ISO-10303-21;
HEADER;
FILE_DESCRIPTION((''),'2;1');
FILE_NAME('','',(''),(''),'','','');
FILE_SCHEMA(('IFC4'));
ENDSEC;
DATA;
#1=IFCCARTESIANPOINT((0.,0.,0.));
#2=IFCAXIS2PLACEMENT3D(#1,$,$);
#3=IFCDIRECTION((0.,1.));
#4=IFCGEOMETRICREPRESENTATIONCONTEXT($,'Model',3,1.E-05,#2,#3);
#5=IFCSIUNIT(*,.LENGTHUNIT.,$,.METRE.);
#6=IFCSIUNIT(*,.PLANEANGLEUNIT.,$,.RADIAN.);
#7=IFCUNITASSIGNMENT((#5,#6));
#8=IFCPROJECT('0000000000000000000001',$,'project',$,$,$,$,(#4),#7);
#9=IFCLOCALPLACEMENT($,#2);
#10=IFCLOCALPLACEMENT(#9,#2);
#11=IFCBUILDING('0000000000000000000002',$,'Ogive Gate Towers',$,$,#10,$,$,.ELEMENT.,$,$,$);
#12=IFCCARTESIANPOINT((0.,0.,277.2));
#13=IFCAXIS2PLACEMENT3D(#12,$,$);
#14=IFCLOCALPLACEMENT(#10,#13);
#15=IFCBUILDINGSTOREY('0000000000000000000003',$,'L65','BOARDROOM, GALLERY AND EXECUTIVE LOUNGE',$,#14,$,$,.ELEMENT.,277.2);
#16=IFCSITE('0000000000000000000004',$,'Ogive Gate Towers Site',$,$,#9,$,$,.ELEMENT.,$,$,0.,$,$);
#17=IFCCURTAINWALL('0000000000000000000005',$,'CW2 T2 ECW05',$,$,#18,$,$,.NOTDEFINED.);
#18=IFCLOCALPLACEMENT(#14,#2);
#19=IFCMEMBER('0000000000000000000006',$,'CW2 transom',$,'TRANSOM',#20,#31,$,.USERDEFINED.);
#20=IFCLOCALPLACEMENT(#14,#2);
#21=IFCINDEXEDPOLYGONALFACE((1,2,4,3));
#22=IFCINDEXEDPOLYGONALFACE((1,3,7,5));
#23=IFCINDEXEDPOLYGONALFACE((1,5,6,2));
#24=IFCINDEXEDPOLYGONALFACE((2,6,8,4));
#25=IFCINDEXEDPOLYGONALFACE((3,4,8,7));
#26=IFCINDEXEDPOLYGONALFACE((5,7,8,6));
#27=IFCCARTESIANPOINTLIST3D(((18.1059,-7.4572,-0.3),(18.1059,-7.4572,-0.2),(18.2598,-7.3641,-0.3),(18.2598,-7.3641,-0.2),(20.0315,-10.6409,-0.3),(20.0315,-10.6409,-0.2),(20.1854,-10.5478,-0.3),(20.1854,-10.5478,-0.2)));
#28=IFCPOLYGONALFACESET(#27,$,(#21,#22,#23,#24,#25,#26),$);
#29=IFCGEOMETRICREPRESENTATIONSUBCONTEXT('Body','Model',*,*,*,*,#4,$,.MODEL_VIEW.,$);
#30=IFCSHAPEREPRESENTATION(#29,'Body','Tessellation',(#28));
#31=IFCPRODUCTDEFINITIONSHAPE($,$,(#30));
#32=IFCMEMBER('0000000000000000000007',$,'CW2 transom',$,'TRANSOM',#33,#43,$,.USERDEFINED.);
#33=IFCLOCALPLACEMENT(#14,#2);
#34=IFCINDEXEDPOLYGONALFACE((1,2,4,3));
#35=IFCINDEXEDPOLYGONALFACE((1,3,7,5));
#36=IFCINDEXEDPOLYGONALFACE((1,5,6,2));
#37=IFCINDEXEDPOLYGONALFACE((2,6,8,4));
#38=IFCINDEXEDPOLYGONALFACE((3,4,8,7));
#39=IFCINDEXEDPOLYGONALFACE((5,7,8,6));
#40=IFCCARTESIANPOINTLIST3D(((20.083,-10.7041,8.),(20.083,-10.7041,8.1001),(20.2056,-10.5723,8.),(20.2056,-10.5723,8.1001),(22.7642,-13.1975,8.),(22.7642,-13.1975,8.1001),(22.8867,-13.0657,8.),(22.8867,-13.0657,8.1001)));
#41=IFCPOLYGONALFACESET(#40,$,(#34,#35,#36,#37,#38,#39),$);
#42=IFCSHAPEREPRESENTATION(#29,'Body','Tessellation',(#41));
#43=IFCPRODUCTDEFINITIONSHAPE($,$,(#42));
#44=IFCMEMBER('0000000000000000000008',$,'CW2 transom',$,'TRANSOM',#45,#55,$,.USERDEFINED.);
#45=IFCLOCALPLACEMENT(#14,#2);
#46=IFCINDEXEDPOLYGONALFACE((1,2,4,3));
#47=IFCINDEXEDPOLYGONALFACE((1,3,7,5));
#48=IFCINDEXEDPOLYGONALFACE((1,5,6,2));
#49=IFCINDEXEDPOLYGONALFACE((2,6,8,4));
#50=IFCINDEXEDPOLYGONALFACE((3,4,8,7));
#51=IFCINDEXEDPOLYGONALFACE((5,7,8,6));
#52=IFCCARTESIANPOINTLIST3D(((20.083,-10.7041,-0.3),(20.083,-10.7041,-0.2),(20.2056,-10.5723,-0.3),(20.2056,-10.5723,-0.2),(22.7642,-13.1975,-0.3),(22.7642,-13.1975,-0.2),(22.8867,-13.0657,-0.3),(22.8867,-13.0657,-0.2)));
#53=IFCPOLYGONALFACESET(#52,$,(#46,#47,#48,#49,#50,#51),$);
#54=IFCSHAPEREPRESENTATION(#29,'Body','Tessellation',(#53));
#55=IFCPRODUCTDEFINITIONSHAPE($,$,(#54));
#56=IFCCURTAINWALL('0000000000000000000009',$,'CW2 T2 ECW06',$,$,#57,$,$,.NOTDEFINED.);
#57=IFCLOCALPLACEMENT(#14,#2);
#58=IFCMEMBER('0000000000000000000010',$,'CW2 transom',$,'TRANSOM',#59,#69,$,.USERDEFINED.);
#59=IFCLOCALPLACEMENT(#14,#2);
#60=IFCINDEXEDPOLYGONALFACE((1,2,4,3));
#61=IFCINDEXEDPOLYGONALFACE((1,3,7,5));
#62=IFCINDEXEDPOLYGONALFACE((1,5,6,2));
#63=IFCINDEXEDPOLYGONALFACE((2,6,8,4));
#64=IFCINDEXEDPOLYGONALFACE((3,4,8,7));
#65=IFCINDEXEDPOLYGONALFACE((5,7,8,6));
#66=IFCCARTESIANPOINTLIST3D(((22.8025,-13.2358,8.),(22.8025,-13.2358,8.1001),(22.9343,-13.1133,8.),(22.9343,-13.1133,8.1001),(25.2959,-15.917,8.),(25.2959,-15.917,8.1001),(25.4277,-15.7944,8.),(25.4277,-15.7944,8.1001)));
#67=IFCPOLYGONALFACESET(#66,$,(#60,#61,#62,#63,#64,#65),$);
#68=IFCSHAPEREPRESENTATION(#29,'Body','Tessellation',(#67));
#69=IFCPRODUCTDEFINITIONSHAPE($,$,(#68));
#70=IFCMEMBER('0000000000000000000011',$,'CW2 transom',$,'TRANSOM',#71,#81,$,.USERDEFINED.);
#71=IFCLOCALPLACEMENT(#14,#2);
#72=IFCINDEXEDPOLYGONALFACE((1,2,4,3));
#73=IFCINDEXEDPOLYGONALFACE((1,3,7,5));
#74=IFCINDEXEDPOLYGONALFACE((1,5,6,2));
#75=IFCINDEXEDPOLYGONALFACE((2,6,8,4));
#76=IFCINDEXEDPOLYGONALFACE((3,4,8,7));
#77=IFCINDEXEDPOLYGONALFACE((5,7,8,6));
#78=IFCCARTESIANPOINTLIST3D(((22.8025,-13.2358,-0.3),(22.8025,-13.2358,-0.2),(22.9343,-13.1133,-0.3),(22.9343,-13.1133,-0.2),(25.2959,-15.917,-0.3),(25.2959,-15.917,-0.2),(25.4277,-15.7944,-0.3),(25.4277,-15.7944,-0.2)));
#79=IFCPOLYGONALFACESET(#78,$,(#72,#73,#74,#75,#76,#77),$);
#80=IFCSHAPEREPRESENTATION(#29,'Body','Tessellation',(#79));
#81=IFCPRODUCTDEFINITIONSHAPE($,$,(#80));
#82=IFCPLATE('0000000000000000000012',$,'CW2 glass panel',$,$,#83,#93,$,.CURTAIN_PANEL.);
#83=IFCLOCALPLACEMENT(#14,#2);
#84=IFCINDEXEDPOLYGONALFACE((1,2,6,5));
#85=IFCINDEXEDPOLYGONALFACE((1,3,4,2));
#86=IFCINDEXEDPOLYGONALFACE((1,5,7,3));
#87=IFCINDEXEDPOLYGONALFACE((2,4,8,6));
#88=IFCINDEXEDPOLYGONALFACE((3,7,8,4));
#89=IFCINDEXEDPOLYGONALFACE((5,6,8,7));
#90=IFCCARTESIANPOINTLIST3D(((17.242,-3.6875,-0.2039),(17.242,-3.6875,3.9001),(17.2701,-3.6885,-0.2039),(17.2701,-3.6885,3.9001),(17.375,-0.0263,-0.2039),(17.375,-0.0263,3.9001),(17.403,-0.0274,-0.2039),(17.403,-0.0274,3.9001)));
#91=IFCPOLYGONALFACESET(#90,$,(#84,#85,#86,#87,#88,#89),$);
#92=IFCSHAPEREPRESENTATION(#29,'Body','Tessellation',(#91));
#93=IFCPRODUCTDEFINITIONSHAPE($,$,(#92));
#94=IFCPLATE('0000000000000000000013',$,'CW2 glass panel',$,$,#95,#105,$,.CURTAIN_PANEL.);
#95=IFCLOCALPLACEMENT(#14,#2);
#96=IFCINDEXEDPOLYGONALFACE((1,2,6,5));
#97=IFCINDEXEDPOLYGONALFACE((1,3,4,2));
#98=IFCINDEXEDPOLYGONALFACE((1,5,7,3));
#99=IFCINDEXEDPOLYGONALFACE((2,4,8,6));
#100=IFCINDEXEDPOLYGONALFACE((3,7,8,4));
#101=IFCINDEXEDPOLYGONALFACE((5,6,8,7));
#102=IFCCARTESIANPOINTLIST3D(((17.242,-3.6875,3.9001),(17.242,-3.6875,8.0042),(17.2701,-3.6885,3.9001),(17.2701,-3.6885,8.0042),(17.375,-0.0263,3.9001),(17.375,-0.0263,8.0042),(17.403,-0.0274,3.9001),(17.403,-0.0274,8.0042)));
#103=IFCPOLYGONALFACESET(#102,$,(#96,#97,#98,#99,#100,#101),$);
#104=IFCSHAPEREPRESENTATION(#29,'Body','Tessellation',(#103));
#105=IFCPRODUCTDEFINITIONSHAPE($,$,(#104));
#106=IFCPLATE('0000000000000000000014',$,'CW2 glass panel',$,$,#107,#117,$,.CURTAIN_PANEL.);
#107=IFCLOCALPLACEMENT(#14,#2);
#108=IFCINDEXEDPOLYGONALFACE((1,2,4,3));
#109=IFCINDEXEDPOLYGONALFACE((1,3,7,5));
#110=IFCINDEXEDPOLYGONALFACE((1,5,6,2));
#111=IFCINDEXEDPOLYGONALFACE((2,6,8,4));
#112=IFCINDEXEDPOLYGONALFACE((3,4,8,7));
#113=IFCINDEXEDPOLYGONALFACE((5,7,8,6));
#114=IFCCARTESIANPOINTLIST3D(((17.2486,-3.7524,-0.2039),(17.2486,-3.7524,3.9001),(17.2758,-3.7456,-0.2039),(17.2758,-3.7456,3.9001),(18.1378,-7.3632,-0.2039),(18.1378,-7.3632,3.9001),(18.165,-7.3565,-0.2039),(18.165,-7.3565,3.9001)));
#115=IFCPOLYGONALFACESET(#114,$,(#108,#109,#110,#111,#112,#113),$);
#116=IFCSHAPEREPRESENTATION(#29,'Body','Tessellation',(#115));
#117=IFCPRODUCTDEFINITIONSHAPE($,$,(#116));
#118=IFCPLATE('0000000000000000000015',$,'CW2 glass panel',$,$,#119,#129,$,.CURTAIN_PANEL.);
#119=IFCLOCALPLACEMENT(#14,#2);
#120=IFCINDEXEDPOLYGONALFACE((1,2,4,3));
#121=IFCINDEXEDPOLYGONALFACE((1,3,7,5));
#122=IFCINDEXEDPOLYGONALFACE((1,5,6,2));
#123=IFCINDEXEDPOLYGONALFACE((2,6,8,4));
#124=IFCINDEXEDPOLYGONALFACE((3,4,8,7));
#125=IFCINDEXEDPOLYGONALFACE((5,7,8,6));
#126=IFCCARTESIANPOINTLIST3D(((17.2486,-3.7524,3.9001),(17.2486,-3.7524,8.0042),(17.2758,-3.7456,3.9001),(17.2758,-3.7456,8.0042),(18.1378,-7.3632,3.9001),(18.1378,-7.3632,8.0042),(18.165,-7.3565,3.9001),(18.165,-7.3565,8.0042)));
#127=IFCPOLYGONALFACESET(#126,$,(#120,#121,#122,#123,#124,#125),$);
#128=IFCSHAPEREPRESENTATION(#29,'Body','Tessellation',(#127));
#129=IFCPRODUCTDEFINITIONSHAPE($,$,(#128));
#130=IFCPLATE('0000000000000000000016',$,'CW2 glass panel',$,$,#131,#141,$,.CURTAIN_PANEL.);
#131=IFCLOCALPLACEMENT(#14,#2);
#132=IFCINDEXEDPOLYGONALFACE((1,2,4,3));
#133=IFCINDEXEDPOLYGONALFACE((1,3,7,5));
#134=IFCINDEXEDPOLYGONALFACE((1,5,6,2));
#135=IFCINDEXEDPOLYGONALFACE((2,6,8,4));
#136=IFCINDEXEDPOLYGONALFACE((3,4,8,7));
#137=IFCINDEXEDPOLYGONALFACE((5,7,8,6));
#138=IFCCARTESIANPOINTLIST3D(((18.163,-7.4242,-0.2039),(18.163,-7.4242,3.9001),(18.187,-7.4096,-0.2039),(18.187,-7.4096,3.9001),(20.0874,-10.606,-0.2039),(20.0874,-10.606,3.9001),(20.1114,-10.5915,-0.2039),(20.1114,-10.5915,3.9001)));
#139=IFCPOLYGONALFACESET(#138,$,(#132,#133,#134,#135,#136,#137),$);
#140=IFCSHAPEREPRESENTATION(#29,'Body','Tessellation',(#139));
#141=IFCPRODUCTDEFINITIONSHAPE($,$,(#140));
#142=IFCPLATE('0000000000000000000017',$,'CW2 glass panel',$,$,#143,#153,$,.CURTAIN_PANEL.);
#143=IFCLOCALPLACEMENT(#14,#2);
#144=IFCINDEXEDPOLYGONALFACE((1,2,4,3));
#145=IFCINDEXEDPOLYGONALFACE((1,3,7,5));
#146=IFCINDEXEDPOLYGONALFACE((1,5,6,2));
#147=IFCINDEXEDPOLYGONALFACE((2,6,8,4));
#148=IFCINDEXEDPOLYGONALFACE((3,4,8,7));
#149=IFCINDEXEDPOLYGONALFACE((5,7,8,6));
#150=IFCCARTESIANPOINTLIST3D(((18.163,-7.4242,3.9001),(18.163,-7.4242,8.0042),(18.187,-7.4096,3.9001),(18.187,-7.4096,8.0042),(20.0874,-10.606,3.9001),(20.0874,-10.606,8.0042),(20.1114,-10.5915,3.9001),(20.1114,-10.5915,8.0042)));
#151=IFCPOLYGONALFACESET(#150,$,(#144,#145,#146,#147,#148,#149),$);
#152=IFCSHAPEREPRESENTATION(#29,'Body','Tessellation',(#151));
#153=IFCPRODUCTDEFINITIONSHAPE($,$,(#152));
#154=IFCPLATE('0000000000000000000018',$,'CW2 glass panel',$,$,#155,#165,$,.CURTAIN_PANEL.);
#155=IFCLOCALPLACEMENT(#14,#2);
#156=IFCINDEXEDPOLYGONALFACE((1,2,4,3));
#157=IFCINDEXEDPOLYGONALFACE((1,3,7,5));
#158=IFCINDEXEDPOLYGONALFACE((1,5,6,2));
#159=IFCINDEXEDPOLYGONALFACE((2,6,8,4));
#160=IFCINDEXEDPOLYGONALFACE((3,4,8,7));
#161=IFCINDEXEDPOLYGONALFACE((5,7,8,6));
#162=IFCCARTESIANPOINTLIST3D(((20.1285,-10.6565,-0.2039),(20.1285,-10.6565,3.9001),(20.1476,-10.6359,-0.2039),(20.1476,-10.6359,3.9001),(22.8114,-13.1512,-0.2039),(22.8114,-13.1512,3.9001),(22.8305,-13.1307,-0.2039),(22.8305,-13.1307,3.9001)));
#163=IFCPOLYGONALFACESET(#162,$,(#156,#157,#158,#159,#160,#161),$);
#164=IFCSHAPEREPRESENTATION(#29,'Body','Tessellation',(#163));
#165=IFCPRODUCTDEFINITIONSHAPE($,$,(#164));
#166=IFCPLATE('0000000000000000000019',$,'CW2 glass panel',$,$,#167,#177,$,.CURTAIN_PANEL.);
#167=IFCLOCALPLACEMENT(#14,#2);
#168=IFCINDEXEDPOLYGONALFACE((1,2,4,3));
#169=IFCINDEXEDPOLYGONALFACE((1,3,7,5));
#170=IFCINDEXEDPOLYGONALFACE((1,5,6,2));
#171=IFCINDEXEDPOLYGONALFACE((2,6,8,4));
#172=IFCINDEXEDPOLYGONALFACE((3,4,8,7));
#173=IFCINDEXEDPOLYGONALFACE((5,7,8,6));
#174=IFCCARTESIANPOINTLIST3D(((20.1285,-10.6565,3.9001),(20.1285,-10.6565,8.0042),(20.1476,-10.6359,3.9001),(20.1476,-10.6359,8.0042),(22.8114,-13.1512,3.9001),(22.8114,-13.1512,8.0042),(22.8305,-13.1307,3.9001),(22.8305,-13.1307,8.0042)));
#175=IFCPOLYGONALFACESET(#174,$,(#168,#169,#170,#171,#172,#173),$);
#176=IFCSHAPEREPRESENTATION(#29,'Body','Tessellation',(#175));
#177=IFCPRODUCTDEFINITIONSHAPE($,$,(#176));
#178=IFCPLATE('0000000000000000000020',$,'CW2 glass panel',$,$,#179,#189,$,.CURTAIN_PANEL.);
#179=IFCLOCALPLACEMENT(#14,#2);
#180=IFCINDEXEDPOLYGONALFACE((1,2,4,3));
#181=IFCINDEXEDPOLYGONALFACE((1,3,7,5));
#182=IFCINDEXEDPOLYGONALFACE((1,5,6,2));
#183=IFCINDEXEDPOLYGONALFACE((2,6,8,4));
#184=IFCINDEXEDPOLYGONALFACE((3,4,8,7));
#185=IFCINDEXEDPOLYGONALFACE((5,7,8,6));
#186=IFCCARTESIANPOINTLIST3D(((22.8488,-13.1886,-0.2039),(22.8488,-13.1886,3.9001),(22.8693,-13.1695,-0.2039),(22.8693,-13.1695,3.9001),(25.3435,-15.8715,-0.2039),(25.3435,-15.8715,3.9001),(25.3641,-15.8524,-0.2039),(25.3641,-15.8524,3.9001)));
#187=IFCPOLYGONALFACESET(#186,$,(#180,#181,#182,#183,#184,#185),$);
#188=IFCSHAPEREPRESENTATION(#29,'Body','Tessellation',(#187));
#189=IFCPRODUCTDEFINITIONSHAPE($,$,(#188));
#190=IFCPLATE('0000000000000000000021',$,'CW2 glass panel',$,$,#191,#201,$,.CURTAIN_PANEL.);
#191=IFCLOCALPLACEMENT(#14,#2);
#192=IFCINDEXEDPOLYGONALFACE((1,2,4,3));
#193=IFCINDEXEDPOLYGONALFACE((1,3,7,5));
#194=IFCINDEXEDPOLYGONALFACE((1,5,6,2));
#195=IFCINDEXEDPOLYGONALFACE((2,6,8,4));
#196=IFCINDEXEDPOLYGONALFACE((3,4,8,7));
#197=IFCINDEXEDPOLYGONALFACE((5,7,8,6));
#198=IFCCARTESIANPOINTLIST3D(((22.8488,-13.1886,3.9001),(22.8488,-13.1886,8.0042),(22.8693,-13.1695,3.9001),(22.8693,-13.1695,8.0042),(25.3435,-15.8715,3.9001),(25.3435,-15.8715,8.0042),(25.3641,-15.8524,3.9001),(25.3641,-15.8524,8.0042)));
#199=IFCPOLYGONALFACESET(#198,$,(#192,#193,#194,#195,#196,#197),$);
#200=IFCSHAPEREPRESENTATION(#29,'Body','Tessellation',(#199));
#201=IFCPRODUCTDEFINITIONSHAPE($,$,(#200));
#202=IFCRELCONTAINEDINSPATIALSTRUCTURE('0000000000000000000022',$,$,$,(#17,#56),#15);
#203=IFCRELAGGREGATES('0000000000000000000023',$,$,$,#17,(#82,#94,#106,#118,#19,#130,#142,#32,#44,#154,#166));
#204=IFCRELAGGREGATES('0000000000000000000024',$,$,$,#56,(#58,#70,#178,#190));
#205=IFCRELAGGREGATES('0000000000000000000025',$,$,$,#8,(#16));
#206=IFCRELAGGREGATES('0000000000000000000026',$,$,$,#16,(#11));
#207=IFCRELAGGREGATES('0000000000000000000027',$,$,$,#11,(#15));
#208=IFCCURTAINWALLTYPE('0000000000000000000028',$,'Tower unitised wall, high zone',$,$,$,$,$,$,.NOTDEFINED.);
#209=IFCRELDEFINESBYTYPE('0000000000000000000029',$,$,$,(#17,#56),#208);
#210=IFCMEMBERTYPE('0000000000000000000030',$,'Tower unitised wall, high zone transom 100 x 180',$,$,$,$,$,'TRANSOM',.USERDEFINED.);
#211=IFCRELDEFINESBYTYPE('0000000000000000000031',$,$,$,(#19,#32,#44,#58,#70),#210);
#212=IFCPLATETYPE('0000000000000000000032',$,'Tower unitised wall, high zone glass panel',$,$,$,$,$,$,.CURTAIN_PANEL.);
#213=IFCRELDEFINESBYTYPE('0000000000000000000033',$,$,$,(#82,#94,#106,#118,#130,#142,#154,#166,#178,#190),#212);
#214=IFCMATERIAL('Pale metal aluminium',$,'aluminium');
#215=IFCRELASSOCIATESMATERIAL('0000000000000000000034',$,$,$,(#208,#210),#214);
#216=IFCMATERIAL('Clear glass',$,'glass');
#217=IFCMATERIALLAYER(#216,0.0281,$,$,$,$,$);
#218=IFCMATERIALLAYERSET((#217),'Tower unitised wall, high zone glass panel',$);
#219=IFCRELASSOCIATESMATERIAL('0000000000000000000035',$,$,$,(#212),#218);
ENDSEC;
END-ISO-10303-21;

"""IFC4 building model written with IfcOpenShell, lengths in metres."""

from ifc_helpers import new_model, si_unit, direction, frame, origin, origin_2d, place, context, subcontext, project, spatial, rectangle, extrude, material, layer, layer_set, material_profile, profile_set, type_object, element, aggregate, save


model = new_model("IFC4")

# Units and contexts
model_context = context("Model", 3, precision=1e-05, world=origin(), true_north=direction((0.0, 1.0)))
body_context = subcontext(model_context, "Body", "Model", "MODEL_VIEW")
ifc_project = project(units=[si_unit("LENGTHUNIT", "METRE"), si_unit("PLANEANGLEUNIT", "RADIAN")], contexts=[model_context])

# Site, building, storey
site_placement = place(None, origin())
site = spatial("IfcSite", under=ifc_project, at=site_placement, Name="Ogive Gate Towers Site", CompositionType="ELEMENT", RefElevation=0.0)
building_placement = place(site_placement, origin())
building = spatial("IfcBuilding", under=site, at=building_placement, Name="Ogive Gate Towers", CompositionType="ELEMENT")
storey_placement = place(building_placement, frame((0.0, 0.0, 277.2)))
storey = spatial("IfcBuildingStorey", under=building, at=storey_placement, Name="L65", Description="BOARDROOM, GALLERY AND EXECUTIVE LOUNGE", CompositionType="ELEMENT", Elevation=277.2)

# Curtain walls, members
ifc_material_1 = material(Name="Pale metal aluminium", Category="aluminium")
curtain_wall_type = type_object("IfcCurtainWallType", Name="Tower unitised wall, high zone", PredefinedType="NOTDEFINED", material=ifc_material_1)
curtain_wall_1_placement = place(storey_placement, origin())
curtain_wall_1 = element("IfcCurtainWall", 1, at=curtain_wall_1_placement, inside=storey, type_object=curtain_wall_type, Name="CW2 T2 ECW05", PredefinedType="NOTDEFINED")
ifc_material_profile_1 = material_profile(ifc_material_1, rectangle(XDim=0.1799, YDim=0.1001, at=origin_2d()), Name="100 x 180 aluminium box")
ifc_profile_set_1 = profile_set([ifc_material_profile_1], Name="Pale metal aluminium")
member_type_1 = type_object("IfcMemberType", Name="Tower unitised wall, high zone transom 100 x 180", ElementType="TRANSOM", PredefinedType="USERDEFINED", material=ifc_profile_set_1)
member_1_placement = place(storey_placement, frame((18.1829, -7.4106, -0.25), z_axis=(0.517532, -0.855664, 0.0), x_axis=(0.855664, 0.517532, 0.0)))
member_1 = element("IfcMember", 2, at=member_1_placement, type_object=member_type_1, Name="CW2 transom", ObjectType="TRANSOM", PredefinedType="USERDEFINED", context=body_context, shape_type="SweptSolid", body=[
    extrude(rectangle(XDim=0.1799, YDim=0.1001, at=origin_2d()), origin(), (0.0, 0.0, 1.0), 3.7207),
])
member_2_placement = place(storey_placement, frame((20.1443, -10.6382, 8.05), z_axis=(0.73228, -0.681003, 0.0), x_axis=(0.681003, 0.73228, 0.0)))
member_2 = element("IfcMember", 3, at=member_2_placement, type_object=member_type_1, Name="CW2 transom", ObjectType="TRANSOM", PredefinedType="USERDEFINED", context=body_context, shape_type="SweptSolid", body=[
    extrude(rectangle(XDim=0.1799, YDim=0.1001, at=origin_2d()), origin(), (0.0, 0.0, 1.0), 3.6614),
])
member_3_placement = place(storey_placement, frame((20.1443, -10.6382, -0.25), z_axis=(0.73228, -0.681003, 0.0), x_axis=(0.681003, 0.73228, 0.0)))
member_3 = element("IfcMember", 4, at=member_3_placement, type_object=member_type_1, Name="CW2 transom", ObjectType="TRANSOM", PredefinedType="USERDEFINED", context=body_context, shape_type="SweptSolid", body=[
    extrude(rectangle(XDim=0.1799, YDim=0.1001, at=origin_2d()), origin(), (0.0, 0.0, 1.0), 3.6614),
])
curtain_wall_2_placement = place(storey_placement, origin())
curtain_wall_2 = element("IfcCurtainWall", 5, at=curtain_wall_2_placement, inside=storey, type_object=curtain_wall_type, Name="CW2 T2 ECW06", PredefinedType="NOTDEFINED")
member_4_placement = place(storey_placement, frame((22.8684, -13.1746, 8.05), z_axis=(0.681003, -0.73228, 0.0), x_axis=(0.73228, 0.681003, 0.0)))
member_4 = element("IfcMember", 6, at=member_4_placement, type_object=member_type_1, Name="CW2 transom", ObjectType="TRANSOM", PredefinedType="USERDEFINED", context=body_context, shape_type="SweptSolid", body=[
    extrude(rectangle(XDim=0.1799, YDim=0.1001, at=origin_2d()), origin(), (0.0, 0.0, 1.0), 3.6614),
])
member_5_placement = place(storey_placement, frame((22.8684, -13.1746, -0.25), z_axis=(0.681003, -0.73228, 0.0), x_axis=(0.73228, 0.681003, 0.0)))
member_5 = element("IfcMember", 7, at=member_5_placement, type_object=member_type_1, Name="CW2 transom", ObjectType="TRANSOM", PredefinedType="USERDEFINED", context=body_context, shape_type="SweptSolid", body=[
    extrude(rectangle(XDim=0.1799, YDim=0.1001, at=origin_2d()), origin(), (0.0, 0.0, 1.0), 3.6614),
])

# Plates
ifc_material_2 = material(Name="Clear glass", Category="glass")
ifc_layer_1 = layer(ifc_material_2, 0.0281)
ifc_layer_set_1 = layer_set([ifc_layer_1], Name="Tower unitised wall, high zone glass panel")
plate_type = type_object("IfcPlateType", Name="Tower unitised wall, high zone glass panel", PredefinedType="CURTAIN_PANEL", material=ifc_layer_set_1)
plate_1_placement = place(storey_placement, frame((17.3225, -1.8574, -0.2039), z_axis=(0.0, 0.0, 1.0), x_axis=(-0.036295, -0.999341, 0.0)))
plate_1 = element("IfcPlate", 8, at=plate_1_placement, type_object=plate_type, Name="CW2 glass panel", PredefinedType="CURTAIN_PANEL", context=body_context, shape_type="SweptSolid", body=[
    extrude(rectangle(XDim=3.6636, YDim=0.0281, at=origin_2d()), origin(), (0.0, 0.0, 1.0), 4.104),
])
plate_2_placement = place(storey_placement, frame((17.3225, -1.8574, 3.9001), z_axis=(0.0, 0.0, 1.0), x_axis=(-0.036295, -0.999341, 0.0)))
plate_2 = element("IfcPlate", 9, at=plate_2_placement, type_object=plate_type, Name="CW2 glass panel", PredefinedType="CURTAIN_PANEL", context=body_context, shape_type="SweptSolid", body=[
    extrude(rectangle(XDim=3.6636, YDim=0.0281, at=origin_2d()), origin(), (0.0, 0.0, 1.0), 4.104),
])
plate_3_placement = place(storey_placement, frame((17.7068, -5.5544, -0.2039), z_axis=(0.0, 0.0, 1.0), x_axis=(0.23911, -0.970993, 0.0)))
plate_3 = element("IfcPlate", 10, at=plate_3_placement, type_object=plate_type, Name="CW2 glass panel", PredefinedType="CURTAIN_PANEL", context=body_context, shape_type="SweptSolid", body=[
    extrude(rectangle(XDim=3.7188, YDim=0.0281, at=origin_2d()), origin(), (0.0, 0.0, 1.0), 4.104),
])
plate_4_placement = place(storey_placement, frame((17.7068, -5.5544, 3.9001), z_axis=(0.0, 0.0, 1.0), x_axis=(0.23911, -0.970993, 0.0)))
plate_4 = element("IfcPlate", 11, at=plate_4_placement, type_object=plate_type, Name="CW2 glass panel", PredefinedType="CURTAIN_PANEL", context=body_context, shape_type="SweptSolid", body=[
    extrude(rectangle(XDim=3.7188, YDim=0.0281, at=origin_2d()), origin(), (0.0, 0.0, 1.0), 4.104),
])
plate_5_placement = place(storey_placement, frame((19.1372, -9.0078, -0.2039), z_axis=(0.0, 0.0, 1.0), x_axis=(0.517519, -0.855672, 0.0)))
plate_5 = element("IfcPlate", 12, at=plate_5_placement, type_object=plate_type, Name="CW2 glass panel", PredefinedType="CURTAIN_PANEL", context=body_context, shape_type="SweptSolid", body=[
    extrude(rectangle(XDim=3.7185, YDim=0.0281, at=origin_2d()), origin(), (0.0, 0.0, 1.0), 4.104),
])
plate_6_placement = place(storey_placement, frame((19.1372, -9.0078, 3.9001), z_axis=(0.0, 0.0, 1.0), x_axis=(0.517519, -0.855672, 0.0)))
plate_6 = element("IfcPlate", 13, at=plate_6_placement, type_object=plate_type, Name="CW2 glass panel", PredefinedType="CURTAIN_PANEL", context=body_context, shape_type="SweptSolid", body=[
    extrude(rectangle(XDim=3.7185, YDim=0.0281, at=origin_2d()), origin(), (0.0, 0.0, 1.0), 4.104),
])
plate_7_placement = place(storey_placement, frame((21.4795, -11.8936, -0.2039), z_axis=(0.0, 0.0, 1.0), x_axis=(0.732317, -0.680964, 0.0)))
plate_7 = element("IfcPlate", 14, at=plate_7_placement, type_object=plate_type, Name="CW2 glass panel", PredefinedType="CURTAIN_PANEL", context=body_context, shape_type="SweptSolid", body=[
    extrude(rectangle(XDim=3.6636, YDim=0.0281, at=origin_2d()), origin(), (0.0, 0.0, 1.0), 4.104),
])
plate_8_placement = place(storey_placement, frame((21.4795, -11.8936, 3.9001), z_axis=(0.0, 0.0, 1.0), x_axis=(0.732317, -0.680964, 0.0)))
plate_8 = element("IfcPlate", 15, at=plate_8_placement, type_object=plate_type, Name="CW2 glass panel", PredefinedType="CURTAIN_PANEL", context=body_context, shape_type="SweptSolid", body=[
    extrude(rectangle(XDim=3.6636, YDim=0.0281, at=origin_2d()), origin(), (0.0, 0.0, 1.0), 4.104),
])
aggregate(curtain_wall_1, [plate_1, plate_2, plate_3, plate_4, member_1, plate_5, plate_6, member_2, member_3, plate_7, plate_8])
plate_9_placement = place(storey_placement, frame((24.1064, -14.5205, -0.2039), z_axis=(0.0, 0.0, 1.0), x_axis=(0.680964, -0.732317, 0.0)))
plate_9 = element("IfcPlate", 16, at=plate_9_placement, type_object=plate_type, Name="CW2 glass panel", PredefinedType="CURTAIN_PANEL", context=body_context, shape_type="SweptSolid", body=[
    extrude(rectangle(XDim=3.6636, YDim=0.0281, at=origin_2d()), origin(), (0.0, 0.0, 1.0), 4.104),
])
plate_10_placement = place(storey_placement, frame((24.1064, -14.5205, 3.9001), z_axis=(0.0, 0.0, 1.0), x_axis=(0.680964, -0.732317, 0.0)))
plate_10 = element("IfcPlate", 17, at=plate_10_placement, type_object=plate_type, Name="CW2 glass panel", PredefinedType="CURTAIN_PANEL", context=body_context, shape_type="SweptSolid", body=[
    extrude(rectangle(XDim=3.6636, YDim=0.0281, at=origin_2d()), origin(), (0.0, 0.0, 1.0), 4.104),
])
aggregate(curtain_wall_2, [member_4, member_5, plate_9, plate_10])

save(model, "model.ifc")
